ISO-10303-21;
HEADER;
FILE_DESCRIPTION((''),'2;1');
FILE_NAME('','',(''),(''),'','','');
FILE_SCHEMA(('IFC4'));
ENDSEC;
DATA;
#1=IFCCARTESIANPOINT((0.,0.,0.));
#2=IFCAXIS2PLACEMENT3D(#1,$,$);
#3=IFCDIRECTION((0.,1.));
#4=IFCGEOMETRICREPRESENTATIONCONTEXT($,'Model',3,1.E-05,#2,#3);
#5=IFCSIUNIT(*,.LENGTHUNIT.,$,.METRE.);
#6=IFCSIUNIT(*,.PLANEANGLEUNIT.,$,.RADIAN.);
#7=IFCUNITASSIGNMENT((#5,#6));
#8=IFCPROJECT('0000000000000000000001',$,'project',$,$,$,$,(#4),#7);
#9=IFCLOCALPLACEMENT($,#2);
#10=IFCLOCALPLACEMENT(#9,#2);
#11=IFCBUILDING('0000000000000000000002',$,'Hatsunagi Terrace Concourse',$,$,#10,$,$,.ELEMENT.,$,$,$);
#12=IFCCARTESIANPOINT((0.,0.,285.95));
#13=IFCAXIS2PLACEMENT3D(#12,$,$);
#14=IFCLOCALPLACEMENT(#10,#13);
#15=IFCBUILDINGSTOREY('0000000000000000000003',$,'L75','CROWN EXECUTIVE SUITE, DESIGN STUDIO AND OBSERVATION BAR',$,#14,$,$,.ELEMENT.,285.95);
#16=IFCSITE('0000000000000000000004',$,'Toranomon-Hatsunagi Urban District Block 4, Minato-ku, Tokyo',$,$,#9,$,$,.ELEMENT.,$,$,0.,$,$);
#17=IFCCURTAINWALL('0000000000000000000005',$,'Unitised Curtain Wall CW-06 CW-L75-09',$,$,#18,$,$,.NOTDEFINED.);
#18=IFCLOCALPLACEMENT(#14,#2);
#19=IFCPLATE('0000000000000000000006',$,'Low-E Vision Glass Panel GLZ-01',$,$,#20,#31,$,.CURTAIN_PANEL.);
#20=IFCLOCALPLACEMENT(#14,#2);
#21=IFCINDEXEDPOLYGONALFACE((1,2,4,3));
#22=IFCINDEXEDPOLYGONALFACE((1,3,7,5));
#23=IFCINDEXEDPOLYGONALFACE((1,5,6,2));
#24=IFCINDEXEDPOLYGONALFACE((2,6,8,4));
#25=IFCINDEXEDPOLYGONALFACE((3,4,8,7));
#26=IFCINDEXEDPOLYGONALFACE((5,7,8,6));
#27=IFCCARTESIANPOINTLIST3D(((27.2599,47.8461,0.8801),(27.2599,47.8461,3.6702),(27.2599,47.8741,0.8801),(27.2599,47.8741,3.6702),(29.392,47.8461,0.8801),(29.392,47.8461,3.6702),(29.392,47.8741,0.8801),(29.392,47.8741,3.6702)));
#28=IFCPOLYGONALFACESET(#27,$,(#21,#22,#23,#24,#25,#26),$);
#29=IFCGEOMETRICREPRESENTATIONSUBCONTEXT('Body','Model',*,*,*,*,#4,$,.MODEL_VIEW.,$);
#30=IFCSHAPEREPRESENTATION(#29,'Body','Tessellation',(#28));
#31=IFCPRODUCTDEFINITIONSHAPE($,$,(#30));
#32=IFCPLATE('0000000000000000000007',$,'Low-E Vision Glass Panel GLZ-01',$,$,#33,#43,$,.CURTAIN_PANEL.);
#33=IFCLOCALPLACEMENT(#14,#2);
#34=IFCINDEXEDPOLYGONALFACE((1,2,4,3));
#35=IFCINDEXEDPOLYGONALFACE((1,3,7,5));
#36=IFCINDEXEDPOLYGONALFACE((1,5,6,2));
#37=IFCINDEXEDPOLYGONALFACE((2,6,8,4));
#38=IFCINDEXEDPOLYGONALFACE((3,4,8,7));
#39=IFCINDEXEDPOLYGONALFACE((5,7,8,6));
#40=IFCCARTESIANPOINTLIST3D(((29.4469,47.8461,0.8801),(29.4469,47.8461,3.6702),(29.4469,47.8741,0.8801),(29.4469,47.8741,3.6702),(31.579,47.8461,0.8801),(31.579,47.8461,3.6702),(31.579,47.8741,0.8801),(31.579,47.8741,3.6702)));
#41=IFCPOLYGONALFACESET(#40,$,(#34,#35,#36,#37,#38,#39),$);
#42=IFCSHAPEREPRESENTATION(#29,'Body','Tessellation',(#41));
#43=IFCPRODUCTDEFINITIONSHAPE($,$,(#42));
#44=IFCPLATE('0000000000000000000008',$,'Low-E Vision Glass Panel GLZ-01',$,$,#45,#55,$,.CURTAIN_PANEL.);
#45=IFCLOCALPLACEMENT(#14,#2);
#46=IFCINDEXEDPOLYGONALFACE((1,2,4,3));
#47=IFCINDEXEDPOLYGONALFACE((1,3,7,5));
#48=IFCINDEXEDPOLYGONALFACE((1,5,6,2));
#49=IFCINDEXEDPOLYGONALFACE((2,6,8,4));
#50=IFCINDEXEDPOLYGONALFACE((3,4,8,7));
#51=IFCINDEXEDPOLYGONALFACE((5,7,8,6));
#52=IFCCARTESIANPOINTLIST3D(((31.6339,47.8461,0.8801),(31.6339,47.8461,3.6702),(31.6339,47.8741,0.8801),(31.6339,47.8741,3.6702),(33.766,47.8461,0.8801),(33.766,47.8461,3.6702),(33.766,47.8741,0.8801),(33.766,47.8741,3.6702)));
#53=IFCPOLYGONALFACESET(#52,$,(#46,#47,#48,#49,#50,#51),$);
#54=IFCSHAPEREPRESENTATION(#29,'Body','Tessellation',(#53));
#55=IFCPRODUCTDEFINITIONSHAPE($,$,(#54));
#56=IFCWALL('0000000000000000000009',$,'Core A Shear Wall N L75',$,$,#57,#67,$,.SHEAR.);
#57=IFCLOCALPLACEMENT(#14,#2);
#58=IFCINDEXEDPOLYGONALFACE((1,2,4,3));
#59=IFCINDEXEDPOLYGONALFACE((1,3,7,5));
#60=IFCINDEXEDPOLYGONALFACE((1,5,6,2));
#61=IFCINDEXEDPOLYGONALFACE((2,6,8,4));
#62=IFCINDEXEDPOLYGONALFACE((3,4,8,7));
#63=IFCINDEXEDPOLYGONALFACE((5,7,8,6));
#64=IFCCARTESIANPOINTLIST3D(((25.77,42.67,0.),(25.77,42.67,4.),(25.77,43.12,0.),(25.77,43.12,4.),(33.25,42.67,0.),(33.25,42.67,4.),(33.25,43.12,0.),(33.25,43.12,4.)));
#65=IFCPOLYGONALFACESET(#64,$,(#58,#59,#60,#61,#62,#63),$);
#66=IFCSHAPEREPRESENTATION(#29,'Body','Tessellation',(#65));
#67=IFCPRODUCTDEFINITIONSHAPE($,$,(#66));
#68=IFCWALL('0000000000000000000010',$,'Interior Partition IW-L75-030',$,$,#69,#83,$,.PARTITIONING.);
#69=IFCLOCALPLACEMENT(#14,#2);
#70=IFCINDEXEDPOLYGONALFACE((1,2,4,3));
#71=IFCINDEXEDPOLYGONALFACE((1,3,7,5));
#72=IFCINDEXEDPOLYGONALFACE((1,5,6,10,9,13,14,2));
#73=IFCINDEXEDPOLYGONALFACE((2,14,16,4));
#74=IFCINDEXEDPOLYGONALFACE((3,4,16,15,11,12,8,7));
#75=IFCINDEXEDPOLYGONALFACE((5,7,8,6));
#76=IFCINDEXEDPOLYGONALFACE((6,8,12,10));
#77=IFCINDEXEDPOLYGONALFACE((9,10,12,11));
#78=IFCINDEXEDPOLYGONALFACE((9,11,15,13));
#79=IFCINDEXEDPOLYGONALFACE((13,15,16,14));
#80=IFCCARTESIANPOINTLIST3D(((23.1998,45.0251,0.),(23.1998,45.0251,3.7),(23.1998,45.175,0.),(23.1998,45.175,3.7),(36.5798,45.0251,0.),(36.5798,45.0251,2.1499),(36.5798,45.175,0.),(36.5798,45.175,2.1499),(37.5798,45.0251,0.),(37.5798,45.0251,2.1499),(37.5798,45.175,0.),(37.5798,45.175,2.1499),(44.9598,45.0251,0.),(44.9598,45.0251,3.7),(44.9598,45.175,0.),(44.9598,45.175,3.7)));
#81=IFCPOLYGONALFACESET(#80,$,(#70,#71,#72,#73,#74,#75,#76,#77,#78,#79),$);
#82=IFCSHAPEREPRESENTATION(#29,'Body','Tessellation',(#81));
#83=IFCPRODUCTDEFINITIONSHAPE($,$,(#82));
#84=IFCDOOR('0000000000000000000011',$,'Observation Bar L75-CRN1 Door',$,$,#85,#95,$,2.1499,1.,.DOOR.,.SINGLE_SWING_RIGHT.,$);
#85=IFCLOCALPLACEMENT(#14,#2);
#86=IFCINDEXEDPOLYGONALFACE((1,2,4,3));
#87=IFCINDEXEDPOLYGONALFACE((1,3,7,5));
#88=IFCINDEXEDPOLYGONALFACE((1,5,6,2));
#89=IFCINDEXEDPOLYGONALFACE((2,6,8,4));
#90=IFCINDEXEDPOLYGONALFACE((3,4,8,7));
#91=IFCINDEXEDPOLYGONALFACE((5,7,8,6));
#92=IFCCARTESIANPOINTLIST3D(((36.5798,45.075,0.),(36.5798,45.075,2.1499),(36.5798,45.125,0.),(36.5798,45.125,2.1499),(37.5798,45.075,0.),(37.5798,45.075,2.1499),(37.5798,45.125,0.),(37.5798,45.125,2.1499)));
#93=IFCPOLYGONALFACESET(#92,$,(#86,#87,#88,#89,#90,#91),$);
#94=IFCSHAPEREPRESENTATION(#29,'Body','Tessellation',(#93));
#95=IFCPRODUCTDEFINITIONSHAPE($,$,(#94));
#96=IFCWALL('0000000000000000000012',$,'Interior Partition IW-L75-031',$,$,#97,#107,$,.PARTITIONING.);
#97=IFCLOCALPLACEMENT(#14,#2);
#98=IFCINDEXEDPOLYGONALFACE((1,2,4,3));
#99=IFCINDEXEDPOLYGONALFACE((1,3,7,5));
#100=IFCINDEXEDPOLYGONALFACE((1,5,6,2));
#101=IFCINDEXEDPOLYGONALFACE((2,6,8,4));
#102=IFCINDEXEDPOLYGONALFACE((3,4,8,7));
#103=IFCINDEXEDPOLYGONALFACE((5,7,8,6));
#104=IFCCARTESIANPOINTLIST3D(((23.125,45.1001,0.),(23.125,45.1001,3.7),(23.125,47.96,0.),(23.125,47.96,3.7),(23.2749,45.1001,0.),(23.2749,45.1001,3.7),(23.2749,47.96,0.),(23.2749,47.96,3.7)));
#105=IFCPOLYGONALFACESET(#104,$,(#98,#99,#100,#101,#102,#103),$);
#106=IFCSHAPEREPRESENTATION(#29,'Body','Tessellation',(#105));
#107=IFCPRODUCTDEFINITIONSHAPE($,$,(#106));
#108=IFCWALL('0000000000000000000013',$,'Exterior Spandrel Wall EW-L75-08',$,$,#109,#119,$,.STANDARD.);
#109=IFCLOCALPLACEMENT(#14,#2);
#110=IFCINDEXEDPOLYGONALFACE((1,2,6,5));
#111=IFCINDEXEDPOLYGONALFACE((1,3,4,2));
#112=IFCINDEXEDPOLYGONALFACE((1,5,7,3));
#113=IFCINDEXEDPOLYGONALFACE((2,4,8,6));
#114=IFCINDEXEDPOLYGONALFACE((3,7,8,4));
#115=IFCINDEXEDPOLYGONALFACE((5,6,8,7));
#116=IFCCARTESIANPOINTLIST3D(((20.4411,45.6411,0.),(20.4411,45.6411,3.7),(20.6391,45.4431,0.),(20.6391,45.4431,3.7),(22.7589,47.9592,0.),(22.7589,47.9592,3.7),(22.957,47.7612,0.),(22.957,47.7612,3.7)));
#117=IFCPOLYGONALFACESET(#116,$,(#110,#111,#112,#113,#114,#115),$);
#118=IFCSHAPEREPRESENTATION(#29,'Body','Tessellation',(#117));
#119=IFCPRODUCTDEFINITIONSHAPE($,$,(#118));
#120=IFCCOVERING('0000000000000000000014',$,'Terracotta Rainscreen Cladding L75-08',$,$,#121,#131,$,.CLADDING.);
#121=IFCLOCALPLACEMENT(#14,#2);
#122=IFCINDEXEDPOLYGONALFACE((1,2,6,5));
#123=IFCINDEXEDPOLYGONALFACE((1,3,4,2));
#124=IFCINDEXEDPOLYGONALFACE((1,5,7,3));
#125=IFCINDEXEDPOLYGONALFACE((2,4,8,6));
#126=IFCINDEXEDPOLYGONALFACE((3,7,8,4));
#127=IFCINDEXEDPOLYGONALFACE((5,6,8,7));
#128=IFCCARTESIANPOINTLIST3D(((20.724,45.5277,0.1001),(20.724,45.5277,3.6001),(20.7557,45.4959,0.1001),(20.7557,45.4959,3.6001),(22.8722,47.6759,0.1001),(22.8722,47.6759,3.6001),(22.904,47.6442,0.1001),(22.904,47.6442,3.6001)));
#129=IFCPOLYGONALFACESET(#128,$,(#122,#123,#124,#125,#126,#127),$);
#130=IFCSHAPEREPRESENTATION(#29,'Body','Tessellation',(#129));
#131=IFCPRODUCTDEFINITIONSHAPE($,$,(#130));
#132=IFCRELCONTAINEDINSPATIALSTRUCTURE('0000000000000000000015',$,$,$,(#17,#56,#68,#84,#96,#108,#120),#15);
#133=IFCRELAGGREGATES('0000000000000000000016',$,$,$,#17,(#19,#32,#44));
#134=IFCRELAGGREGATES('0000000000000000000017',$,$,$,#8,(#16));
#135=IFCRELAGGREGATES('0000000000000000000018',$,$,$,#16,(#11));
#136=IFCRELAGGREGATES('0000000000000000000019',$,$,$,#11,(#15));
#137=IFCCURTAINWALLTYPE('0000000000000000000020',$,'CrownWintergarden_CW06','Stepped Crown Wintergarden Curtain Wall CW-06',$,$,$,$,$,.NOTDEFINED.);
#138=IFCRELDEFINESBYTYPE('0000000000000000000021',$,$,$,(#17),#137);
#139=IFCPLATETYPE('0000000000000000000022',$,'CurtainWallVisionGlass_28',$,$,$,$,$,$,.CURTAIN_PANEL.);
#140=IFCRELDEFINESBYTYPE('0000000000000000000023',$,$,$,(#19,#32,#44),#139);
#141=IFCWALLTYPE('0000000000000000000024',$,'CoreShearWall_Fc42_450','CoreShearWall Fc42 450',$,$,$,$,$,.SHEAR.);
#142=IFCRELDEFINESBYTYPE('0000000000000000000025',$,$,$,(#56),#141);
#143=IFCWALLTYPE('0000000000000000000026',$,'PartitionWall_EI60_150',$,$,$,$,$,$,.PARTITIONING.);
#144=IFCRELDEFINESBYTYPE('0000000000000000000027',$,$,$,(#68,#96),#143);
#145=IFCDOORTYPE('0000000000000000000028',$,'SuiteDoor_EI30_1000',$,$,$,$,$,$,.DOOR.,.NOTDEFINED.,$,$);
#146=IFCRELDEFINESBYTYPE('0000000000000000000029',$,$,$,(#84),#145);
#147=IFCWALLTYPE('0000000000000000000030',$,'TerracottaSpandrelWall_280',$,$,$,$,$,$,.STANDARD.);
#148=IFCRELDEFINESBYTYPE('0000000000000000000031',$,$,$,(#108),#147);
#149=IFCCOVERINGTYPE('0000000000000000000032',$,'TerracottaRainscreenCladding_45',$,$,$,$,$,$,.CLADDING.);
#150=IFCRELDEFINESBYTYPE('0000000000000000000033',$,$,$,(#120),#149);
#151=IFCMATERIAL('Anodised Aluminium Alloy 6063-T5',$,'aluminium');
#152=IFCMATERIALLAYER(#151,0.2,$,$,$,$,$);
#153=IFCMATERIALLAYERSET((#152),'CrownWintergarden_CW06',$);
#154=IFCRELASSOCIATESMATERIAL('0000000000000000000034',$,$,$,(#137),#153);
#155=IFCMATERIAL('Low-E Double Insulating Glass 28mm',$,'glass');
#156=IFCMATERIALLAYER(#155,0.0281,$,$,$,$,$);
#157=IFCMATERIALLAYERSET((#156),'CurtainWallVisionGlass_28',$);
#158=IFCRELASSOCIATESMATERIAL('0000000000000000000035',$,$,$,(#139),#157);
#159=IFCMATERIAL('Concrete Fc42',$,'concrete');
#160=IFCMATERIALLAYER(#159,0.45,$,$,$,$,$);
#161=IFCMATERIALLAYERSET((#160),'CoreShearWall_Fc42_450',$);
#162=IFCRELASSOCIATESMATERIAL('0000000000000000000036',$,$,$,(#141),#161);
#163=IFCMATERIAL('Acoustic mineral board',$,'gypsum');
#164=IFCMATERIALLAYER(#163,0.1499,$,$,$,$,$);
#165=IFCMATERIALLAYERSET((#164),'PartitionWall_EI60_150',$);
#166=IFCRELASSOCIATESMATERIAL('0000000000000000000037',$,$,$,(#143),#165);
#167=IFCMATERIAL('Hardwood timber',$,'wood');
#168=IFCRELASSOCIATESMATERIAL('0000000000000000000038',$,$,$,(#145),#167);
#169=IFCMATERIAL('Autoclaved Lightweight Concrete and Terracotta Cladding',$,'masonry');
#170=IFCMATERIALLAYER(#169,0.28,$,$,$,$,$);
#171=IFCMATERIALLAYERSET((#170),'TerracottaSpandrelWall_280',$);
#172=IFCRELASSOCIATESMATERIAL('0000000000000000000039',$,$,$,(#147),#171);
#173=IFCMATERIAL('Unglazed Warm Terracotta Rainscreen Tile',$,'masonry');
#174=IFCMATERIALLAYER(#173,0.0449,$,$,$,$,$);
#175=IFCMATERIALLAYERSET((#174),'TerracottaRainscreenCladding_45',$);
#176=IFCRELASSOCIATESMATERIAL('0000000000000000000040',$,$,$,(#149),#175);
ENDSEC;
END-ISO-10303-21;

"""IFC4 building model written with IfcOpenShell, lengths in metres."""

from ifc_helpers import new_model, si_unit, direction, frame, frame_2d, origin, origin_2d, place, context, subcontext, project, spatial, rectangle, extrude, material, layer, layer_set, type_object, element, fill, aggregate, save


model = new_model("IFC4")

# Units and contexts
model_context = context("Model", 3, precision=1e-05, world=origin(), true_north=direction((0.0, 1.0)))
body_context = subcontext(model_context, "Body", "Model", "MODEL_VIEW")
ifc_project = project(units=[si_unit("LENGTHUNIT", "METRE"), si_unit("PLANEANGLEUNIT", "RADIAN")], contexts=[model_context])

# Site, building, storey
site_placement = place(None, origin())
site = spatial("IfcSite", under=ifc_project, at=site_placement, Name="Toranomon-Hatsunagi Urban District Block 4, Minato-ku, Tokyo", CompositionType="ELEMENT", RefElevation=0.0)
building_placement = place(site_placement, origin())
building = spatial("IfcBuilding", under=site, at=building_placement, Name="Hatsunagi Terrace Concourse", CompositionType="ELEMENT")
storey_placement = place(building_placement, frame((0.0, 0.0, 285.95)))
storey = spatial("IfcBuildingStorey", under=building, at=storey_placement, Name="L75", Description="CROWN EXECUTIVE SUITE, DESIGN STUDIO AND OBSERVATION BAR", CompositionType="ELEMENT", Elevation=285.95)

# Curtain wall
ifc_material_1 = material(Name="Anodised Aluminium Alloy 6063-T5", Category="aluminium")
ifc_layer_1 = layer(ifc_material_1, 0.2)
ifc_layer_set_1 = layer_set([ifc_layer_1], Name="CrownWintergarden_CW06")
curtain_wall_type = type_object("IfcCurtainWallType", Name="CrownWintergarden_CW06", Description="Stepped Crown Wintergarden Curtain Wall CW-06", PredefinedType="NOTDEFINED", material=ifc_layer_set_1)
curtain_wall_1_placement = place(storey_placement, origin())
curtain_wall_1 = element("IfcCurtainWall", 1, at=curtain_wall_1_placement, inside=storey, type_object=curtain_wall_type, Name="Unitised Curtain Wall CW-06 CW-L75-09", PredefinedType="NOTDEFINED")

# Plates
ifc_material_2 = material(Name="Low-E Double Insulating Glass 28mm", Category="glass")
ifc_layer_2 = layer(ifc_material_2, 0.0281)
ifc_layer_set_2 = layer_set([ifc_layer_2], Name="CurtainWallVisionGlass_28")
plate_type_1 = type_object("IfcPlateType", Name="CurtainWallVisionGlass_28", PredefinedType="CURTAIN_PANEL", material=ifc_layer_set_2)
plate_1_placement = place(storey_placement, frame((28.3259, 47.8601, 0.8801), z_axis=(0.0, 0.0, 1.0), x_axis=(1.0, 0.0, 0.0)))
plate_1 = element("IfcPlate", 2, at=plate_1_placement, type_object=plate_type_1, Name="Low-E Vision Glass Panel GLZ-01", PredefinedType="CURTAIN_PANEL", context=body_context, shape_type="SweptSolid", body=[
    extrude(rectangle(XDim=2.1321, YDim=0.0281, at=origin_2d()), origin(), (0.0, 0.0, 1.0), 2.79),
])
plate_2_placement = place(storey_placement, frame((30.5129, 47.8601, 0.8801), z_axis=(0.0, 0.0, 1.0), x_axis=(1.0, 0.0, 0.0)))
plate_2 = element("IfcPlate", 3, at=plate_2_placement, type_object=plate_type_1, Name="Low-E Vision Glass Panel GLZ-01", PredefinedType="CURTAIN_PANEL", context=body_context, shape_type="SweptSolid", body=[
    extrude(rectangle(XDim=2.1321, YDim=0.0281, at=origin_2d()), origin(), (0.0, 0.0, 1.0), 2.79),
])
plate_3_placement = place(storey_placement, frame((32.7, 47.8601, 0.8801), z_axis=(0.0, 0.0, 1.0), x_axis=(1.0, 0.0, 0.0)))
plate_3 = element("IfcPlate", 4, at=plate_3_placement, type_object=plate_type_1, Name="Low-E Vision Glass Panel GLZ-01", PredefinedType="CURTAIN_PANEL", context=body_context, shape_type="SweptSolid", body=[
    extrude(rectangle(XDim=2.1321, YDim=0.0281, at=origin_2d()), origin(), (0.0, 0.0, 1.0), 2.79),
])
aggregate(curtain_wall_1, [plate_1, plate_2, plate_3])

# Wall
ifc_material_3 = material(Name="Concrete Fc42", Category="concrete")
ifc_layer_3 = layer(ifc_material_3, 0.45)
ifc_layer_set_3 = layer_set([ifc_layer_3], Name="CoreShearWall_Fc42_450")
wall_type_1 = type_object("IfcWallType", Name="CoreShearWall_Fc42_450", Description="CoreShearWall Fc42 450", PredefinedType="SHEAR", material=ifc_layer_set_3)
wall_1_placement = place(storey_placement, frame((25.77, 42.895, 0.0), z_axis=(0.0, 0.0, 1.0), x_axis=(1.0, 0.0, 0.0)))
element("IfcWall", 5, at=wall_1_placement, inside=storey, type_object=wall_type_1, Name="Core A Shear Wall N L75", PredefinedType="SHEAR", context=body_context, shape_type="SweptSolid", body=[
    extrude(rectangle(XDim=7.48, YDim=0.45, at=frame_2d((3.74, 0.0))), origin(), (0.0, 0.0, 1.0), 4.0),
])

# Wall, opening, door
ifc_material_4 = material(Name="Acoustic mineral board", Category="gypsum")
ifc_layer_4 = layer(ifc_material_4, 0.1499)
ifc_layer_set_4 = layer_set([ifc_layer_4], Name="PartitionWall_EI60_150")
wall_type_2 = type_object("IfcWallType", Name="PartitionWall_EI60_150", PredefinedType="PARTITIONING", material=ifc_layer_set_4)
wall_2_placement = place(storey_placement, frame((23.2, 45.1001, 0.0), z_axis=(0.0, 0.0, 1.0), x_axis=(1.0, 0.0, 0.0)))
wall_2 = element("IfcWall", 6, at=wall_2_placement, inside=storey, type_object=wall_type_2, Name="Interior Partition IW-L75-030", PredefinedType="PARTITIONING", context=body_context, shape_type="SweptSolid", body=[
    extrude(rectangle(XDim=21.76, YDim=0.1499, at=frame_2d((10.8799, 0.0))), origin(), (0.0, 0.0, 1.0), 3.7),
])
opening_placement = place(wall_2_placement, frame((13.3799, 0.0, 0.0)))
opening = element("IfcOpeningElement", 7, at=opening_placement, cuts=wall_2, PredefinedType="OPENING", context=body_context, shape_type="SweptSolid", body=[
    extrude(rectangle(XDim=1.0, YDim=2.1499, at=frame_2d((0.5, 1.075))), frame((0.0, 0.085, 0.0), z_axis=(0.0, -1.0, 0.0), x_axis=(1.0, 0.0, 0.0)), (0.0, 0.0, 1.0), 0.1699),
])
ifc_material_5 = material(Name="Hardwood timber", Category="wood")
door_type = type_object("IfcDoorType", Name="SuiteDoor_EI30_1000", OperationType="NOTDEFINED", PredefinedType="DOOR", material=ifc_material_5)
door_placement = place(opening_placement, origin())
door = element("IfcDoor", 8, at=door_placement, inside=storey, type_object=door_type, Name="Observation Bar L75-CRN1 Door", OperationType="SINGLE_SWING_RIGHT", OverallHeight=2.1499, OverallWidth=1.0, PredefinedType="DOOR", context=body_context, shape_type="SweptSolid", body=[
    extrude(rectangle(XDim=1.0, YDim=2.1499, at=frame_2d((0.5, 1.075))), frame((0.0, 0.0249, 0.0), z_axis=(0.0, -1.0, 0.0), x_axis=(1.0, 0.0, 0.0)), (0.0, 0.0, 1.0), 0.05),
])
fill(opening, door)

# Walls
wall_3_placement = place(storey_placement, frame((23.2, 45.1001, 0.0), z_axis=(0.0, 0.0, 1.0), x_axis=(0.0, 1.0, 0.0)))
element("IfcWall", 9, at=wall_3_placement, inside=storey, type_object=wall_type_2, Name="Interior Partition IW-L75-031", PredefinedType="PARTITIONING", context=body_context, shape_type="SweptSolid", body=[
    extrude(rectangle(XDim=2.8599, YDim=0.1499, at=frame_2d((1.4299, 0.0))), origin(), (0.0, 0.0, 1.0), 3.7),
])
ifc_material_6 = material(Name="Autoclaved Lightweight Concrete and Terracotta Cladding", Category="masonry")
ifc_layer_5 = layer(ifc_material_6, 0.28)
ifc_layer_set_5 = layer_set([ifc_layer_5], Name="TerracottaSpandrelWall_280")
wall_type_3 = type_object("IfcWallType", Name="TerracottaSpandrelWall_280", PredefinedType="STANDARD", material=ifc_layer_set_5)
wall_4_placement = place(storey_placement, frame((20.54, 45.542, 0.0), z_axis=(0.0, 0.0, 1.0), x_axis=(0.70707, 0.707144, 0.0)))
element("IfcWall", 10, at=wall_4_placement, inside=storey, type_object=wall_type_3, Name="Exterior Spandrel Wall EW-L75-08", PredefinedType="STANDARD", context=body_context, shape_type="SweptSolid", body=[
    extrude(rectangle(XDim=3.2781, YDim=0.28, at=frame_2d((1.6392, 0.0))), origin(), (0.0, 0.0, 1.0), 3.7),
])

# Covering
ifc_material_7 = material(Name="Unglazed Warm Terracotta Rainscreen Tile", Category="masonry")
ifc_layer_6 = layer(ifc_material_7, 0.0449)
ifc_layer_set_6 = layer_set([ifc_layer_6], Name="TerracottaRainscreenCladding_45")
covering_type = type_object("IfcCoveringType", Name="TerracottaRainscreenCladding_45", PredefinedType="CLADDING", material=ifc_layer_set_6)
covering_placement = place(storey_placement, frame((21.814, 46.5859, 0.1001), z_axis=(0.0, 0.0, 1.0), x_axis=(0.707107, 0.707107, 0.0)))
element("IfcCovering", 11, at=covering_placement, inside=storey, type_object=covering_type, Name="Terracotta Rainscreen Cladding L75-08", PredefinedType="CLADDING", context=body_context, shape_type="SweptSolid", body=[
    extrude(rectangle(XDim=3.0381, YDim=0.0449, at=origin_2d()), origin(), (0.0, 0.0, 1.0), 3.5),
])

save(model, "model.ifc")
